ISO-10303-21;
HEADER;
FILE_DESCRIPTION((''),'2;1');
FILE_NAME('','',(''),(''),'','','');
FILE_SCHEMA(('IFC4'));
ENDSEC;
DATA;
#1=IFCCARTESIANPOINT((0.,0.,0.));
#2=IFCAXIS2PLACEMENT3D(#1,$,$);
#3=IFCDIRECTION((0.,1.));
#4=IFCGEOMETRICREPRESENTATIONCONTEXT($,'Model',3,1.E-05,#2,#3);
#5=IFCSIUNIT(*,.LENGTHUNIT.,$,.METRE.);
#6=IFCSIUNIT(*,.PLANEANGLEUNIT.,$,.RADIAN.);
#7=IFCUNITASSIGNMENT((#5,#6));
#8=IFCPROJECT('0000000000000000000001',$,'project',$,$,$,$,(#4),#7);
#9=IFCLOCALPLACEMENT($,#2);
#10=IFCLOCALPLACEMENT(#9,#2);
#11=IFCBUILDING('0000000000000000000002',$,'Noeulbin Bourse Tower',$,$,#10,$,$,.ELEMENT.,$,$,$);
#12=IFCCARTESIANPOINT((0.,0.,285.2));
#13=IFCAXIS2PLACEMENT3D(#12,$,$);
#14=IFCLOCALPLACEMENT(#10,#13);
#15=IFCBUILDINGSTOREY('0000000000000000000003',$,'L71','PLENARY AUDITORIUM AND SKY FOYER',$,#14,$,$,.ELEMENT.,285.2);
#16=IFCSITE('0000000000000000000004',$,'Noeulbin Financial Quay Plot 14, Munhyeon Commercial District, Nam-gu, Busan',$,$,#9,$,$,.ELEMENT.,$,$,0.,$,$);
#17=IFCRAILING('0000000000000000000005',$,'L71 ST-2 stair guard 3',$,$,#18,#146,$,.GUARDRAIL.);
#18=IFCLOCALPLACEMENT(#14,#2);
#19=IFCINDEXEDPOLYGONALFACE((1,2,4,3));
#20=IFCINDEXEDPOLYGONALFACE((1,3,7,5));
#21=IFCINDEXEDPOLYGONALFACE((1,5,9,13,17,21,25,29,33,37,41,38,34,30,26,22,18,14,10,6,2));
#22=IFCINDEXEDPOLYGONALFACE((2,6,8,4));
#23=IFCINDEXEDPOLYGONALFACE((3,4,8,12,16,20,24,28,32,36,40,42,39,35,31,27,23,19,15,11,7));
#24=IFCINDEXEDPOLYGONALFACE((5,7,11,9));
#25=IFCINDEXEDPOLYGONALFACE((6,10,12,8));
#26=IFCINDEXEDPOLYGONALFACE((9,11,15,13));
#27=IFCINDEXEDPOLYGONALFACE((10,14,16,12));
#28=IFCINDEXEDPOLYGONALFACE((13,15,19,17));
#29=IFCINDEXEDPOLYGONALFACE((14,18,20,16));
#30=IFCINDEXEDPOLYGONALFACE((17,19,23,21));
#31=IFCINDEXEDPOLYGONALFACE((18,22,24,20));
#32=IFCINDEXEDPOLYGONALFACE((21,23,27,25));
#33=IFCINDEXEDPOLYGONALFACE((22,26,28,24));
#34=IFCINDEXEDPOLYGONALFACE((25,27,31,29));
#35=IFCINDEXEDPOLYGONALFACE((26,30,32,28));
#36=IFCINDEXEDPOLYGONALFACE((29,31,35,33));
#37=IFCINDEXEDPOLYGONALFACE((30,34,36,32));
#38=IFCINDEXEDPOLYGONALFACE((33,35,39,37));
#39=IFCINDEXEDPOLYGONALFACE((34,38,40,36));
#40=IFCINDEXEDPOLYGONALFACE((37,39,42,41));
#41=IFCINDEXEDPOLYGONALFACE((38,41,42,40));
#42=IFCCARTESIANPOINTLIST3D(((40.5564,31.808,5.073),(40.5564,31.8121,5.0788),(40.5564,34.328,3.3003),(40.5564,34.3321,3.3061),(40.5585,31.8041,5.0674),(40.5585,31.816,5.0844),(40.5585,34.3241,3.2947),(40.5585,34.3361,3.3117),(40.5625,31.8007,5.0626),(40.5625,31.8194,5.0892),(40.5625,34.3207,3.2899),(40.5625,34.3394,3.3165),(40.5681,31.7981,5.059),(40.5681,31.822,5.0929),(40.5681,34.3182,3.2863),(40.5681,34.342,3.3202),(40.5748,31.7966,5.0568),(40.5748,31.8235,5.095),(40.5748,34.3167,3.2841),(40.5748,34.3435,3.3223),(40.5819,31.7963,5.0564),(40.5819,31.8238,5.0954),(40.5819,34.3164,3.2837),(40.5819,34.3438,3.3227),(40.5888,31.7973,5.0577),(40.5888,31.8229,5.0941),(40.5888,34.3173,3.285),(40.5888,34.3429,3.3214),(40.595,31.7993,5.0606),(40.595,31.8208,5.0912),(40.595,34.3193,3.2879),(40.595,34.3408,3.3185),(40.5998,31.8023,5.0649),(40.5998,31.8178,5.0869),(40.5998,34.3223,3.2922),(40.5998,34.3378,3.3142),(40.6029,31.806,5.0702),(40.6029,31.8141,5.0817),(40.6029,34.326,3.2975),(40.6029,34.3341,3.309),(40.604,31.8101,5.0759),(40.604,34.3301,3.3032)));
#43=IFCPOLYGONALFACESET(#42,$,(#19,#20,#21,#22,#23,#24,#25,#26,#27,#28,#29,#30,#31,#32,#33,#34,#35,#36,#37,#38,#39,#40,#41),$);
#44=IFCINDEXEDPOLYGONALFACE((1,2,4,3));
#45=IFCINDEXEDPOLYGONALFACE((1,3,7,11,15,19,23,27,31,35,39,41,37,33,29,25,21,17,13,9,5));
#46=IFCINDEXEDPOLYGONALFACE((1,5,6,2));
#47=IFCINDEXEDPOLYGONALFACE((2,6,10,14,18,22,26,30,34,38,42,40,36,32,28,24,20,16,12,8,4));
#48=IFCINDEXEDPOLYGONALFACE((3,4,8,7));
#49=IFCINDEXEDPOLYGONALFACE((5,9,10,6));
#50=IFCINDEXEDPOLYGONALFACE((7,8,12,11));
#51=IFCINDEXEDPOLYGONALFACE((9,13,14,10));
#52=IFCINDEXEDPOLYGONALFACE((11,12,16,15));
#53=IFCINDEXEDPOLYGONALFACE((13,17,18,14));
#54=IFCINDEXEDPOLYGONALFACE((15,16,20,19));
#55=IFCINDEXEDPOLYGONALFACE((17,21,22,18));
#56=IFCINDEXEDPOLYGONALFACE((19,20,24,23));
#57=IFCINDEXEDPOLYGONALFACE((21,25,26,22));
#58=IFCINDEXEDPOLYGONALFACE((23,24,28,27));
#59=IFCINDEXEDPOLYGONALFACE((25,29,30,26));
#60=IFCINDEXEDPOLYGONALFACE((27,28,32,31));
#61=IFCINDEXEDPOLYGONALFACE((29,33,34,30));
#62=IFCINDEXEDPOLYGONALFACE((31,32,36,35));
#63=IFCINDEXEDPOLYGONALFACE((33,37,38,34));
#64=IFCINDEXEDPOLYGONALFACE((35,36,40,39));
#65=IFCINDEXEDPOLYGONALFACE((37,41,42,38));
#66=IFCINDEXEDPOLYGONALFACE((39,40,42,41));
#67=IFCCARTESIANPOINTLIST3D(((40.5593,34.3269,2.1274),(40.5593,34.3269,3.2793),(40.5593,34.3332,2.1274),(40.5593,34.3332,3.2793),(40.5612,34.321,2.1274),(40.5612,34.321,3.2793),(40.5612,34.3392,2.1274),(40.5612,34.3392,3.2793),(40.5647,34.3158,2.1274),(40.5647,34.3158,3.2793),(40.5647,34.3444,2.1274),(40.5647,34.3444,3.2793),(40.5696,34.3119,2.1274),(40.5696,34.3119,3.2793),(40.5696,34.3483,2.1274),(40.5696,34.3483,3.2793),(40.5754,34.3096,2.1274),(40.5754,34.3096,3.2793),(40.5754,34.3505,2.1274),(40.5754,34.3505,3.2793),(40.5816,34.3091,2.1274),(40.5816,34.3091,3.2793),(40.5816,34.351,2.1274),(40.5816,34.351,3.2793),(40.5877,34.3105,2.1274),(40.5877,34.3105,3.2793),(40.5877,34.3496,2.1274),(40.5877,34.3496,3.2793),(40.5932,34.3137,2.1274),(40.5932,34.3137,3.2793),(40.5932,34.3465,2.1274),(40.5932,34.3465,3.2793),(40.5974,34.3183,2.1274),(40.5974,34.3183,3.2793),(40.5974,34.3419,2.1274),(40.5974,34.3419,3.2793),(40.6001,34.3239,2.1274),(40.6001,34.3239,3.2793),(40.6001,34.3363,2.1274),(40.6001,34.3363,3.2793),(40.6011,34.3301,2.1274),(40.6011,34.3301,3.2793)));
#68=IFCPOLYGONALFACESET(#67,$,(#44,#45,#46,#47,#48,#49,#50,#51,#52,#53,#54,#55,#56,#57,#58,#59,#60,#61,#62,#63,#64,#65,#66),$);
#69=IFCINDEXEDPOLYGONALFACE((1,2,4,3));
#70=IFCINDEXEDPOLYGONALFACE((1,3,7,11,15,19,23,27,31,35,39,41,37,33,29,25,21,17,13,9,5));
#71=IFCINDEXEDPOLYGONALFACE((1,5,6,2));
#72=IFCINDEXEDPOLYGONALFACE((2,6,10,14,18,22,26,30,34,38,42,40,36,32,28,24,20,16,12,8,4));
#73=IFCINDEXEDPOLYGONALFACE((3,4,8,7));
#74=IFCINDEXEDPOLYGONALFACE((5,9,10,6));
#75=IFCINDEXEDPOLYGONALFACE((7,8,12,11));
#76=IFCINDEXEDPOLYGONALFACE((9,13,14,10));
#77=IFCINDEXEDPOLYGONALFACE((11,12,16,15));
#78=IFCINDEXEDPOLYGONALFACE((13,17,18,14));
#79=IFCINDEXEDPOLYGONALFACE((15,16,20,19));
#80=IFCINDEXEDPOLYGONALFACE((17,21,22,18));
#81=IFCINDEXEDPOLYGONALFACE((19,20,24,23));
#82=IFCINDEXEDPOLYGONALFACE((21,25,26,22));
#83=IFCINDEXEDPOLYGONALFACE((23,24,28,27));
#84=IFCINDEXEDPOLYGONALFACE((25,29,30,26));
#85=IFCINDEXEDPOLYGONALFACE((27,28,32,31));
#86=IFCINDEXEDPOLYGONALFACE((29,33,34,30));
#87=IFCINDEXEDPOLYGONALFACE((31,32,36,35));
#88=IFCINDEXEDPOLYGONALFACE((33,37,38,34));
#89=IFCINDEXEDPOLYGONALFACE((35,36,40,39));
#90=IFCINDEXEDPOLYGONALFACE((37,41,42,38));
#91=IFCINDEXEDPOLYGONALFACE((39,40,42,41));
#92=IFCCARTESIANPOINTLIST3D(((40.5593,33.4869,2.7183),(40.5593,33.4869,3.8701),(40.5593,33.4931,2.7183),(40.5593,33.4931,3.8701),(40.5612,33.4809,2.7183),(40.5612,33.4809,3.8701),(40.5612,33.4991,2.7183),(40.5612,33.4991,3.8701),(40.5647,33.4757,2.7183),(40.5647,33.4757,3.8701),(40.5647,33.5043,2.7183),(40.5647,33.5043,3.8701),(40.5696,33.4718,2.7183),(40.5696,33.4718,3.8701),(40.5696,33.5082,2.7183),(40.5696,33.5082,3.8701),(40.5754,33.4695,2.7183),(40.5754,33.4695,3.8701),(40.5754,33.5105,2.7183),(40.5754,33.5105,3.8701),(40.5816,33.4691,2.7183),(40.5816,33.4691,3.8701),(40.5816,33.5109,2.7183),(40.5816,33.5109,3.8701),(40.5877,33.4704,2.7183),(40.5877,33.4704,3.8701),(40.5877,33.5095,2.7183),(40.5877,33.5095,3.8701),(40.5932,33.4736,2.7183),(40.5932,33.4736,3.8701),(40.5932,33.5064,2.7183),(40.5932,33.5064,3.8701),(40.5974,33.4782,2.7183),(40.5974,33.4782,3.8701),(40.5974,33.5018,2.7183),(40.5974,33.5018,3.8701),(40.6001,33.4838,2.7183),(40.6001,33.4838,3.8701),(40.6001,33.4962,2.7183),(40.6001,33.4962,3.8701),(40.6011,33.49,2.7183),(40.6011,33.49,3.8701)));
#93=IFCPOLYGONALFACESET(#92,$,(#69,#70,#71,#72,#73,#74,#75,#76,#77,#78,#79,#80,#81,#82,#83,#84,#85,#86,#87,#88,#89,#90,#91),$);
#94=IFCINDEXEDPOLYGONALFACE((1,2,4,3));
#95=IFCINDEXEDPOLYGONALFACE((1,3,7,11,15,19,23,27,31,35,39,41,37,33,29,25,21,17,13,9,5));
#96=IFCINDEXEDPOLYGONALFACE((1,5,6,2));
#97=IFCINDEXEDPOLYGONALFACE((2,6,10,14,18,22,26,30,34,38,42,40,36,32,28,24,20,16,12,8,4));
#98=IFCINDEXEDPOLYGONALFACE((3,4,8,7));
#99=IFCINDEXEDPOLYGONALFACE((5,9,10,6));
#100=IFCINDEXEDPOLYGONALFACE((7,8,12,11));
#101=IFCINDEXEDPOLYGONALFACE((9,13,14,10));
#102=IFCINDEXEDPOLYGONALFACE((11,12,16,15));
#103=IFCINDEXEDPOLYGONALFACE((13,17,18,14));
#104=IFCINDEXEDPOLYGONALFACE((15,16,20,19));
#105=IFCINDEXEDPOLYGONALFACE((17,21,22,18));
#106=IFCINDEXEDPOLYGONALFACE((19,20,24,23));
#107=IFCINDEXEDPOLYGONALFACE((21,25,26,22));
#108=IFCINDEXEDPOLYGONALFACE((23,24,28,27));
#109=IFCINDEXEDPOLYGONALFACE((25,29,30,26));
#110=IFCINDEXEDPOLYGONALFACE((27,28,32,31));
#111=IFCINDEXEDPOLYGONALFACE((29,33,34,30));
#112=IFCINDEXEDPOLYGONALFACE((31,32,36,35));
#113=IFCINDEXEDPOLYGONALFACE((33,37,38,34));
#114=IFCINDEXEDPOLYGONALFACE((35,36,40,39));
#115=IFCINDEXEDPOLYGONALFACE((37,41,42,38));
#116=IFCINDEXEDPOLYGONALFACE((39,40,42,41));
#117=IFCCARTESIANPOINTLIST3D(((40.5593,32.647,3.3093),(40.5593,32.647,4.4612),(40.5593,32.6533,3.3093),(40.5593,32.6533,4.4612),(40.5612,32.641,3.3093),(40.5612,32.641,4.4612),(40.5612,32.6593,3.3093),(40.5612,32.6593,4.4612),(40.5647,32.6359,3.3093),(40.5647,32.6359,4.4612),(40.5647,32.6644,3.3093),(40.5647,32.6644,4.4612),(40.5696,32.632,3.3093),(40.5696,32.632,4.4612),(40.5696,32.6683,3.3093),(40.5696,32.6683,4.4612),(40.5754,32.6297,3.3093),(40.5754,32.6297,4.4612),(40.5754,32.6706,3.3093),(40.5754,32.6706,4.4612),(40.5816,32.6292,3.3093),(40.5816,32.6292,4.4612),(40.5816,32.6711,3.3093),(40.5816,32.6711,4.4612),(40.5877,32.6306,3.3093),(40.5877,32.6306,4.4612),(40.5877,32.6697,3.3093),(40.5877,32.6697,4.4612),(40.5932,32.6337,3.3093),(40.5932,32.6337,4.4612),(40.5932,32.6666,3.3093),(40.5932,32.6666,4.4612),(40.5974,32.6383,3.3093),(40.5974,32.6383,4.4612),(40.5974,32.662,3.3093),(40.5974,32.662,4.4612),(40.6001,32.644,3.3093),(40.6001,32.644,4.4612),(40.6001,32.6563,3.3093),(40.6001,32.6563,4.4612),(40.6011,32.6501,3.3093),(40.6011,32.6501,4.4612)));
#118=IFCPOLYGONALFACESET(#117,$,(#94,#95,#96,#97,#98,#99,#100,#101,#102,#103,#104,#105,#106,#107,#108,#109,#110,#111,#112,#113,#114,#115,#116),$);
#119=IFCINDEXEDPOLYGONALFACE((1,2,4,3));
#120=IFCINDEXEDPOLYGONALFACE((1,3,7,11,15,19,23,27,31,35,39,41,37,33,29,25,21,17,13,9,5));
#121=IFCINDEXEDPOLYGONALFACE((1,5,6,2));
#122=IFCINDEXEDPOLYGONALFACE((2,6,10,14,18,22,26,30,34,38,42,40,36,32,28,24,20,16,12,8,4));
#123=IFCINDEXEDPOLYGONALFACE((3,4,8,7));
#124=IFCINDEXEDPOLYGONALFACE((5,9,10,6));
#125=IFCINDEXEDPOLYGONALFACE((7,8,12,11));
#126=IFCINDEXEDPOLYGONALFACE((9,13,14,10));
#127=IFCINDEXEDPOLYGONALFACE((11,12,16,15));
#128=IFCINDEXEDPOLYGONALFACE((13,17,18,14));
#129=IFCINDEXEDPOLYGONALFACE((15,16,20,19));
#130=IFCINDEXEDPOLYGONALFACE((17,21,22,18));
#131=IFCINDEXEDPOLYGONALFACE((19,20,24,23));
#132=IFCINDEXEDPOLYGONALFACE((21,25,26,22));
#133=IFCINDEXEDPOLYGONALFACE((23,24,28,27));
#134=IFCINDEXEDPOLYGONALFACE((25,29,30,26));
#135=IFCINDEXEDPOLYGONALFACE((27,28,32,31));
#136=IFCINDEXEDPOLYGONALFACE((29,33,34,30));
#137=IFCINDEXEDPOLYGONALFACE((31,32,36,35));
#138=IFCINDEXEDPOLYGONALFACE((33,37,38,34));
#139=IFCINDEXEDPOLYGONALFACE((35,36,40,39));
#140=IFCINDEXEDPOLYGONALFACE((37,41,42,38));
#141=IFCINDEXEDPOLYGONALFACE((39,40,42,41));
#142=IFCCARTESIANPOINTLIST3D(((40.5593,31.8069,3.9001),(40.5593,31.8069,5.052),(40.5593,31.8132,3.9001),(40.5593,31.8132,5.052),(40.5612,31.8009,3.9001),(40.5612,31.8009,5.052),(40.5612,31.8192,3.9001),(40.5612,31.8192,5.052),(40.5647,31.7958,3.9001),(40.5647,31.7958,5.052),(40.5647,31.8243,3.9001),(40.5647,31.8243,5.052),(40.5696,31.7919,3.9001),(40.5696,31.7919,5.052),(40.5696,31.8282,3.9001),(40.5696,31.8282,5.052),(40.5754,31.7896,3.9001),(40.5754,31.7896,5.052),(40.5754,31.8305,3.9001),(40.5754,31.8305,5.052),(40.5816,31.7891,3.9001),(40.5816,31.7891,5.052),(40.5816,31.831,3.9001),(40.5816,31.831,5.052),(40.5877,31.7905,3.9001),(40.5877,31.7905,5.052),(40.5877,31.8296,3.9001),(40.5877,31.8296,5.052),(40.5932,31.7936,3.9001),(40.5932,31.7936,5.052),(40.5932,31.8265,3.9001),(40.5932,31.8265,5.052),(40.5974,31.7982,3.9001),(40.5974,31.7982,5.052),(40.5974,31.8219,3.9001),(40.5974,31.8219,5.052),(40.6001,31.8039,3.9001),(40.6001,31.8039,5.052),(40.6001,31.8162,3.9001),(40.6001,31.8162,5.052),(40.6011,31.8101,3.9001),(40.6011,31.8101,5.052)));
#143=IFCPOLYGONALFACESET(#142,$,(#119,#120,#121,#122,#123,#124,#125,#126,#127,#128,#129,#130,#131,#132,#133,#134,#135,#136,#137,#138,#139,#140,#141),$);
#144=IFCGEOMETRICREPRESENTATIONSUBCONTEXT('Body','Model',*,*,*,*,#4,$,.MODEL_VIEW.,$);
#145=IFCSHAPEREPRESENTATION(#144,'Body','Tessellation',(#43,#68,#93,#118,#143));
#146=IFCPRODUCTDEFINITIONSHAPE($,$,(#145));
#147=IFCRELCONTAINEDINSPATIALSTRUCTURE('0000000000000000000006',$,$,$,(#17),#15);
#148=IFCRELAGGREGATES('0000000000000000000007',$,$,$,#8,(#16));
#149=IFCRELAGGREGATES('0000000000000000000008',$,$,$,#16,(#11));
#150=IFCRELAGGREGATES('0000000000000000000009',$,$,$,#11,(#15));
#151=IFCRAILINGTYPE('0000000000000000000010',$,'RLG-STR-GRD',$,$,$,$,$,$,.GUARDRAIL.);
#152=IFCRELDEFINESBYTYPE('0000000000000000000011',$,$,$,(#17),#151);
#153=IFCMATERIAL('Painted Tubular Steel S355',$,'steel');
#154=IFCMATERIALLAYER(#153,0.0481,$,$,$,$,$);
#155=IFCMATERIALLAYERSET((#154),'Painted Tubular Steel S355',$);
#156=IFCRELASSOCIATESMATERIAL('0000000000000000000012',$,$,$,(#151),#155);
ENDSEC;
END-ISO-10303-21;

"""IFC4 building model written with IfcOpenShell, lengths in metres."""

from ifc_helpers import new_model, si_unit, direction, frame, origin, origin_2d, place, context, subcontext, project, spatial, circle, extrude, material, layer, layer_set, type_object, element, save


model = new_model("IFC4")

# Units and contexts
model_context = context("Model", 3, precision=1e-05, world=origin(), true_north=direction((0.0, 1.0)))
body_context = subcontext(model_context, "Body", "Model", "MODEL_VIEW")
ifc_project = project(units=[si_unit("LENGTHUNIT", "METRE"), si_unit("PLANEANGLEUNIT", "RADIAN")], contexts=[model_context])

# Site, building, storey
site_placement = place(None, origin())
site = spatial("IfcSite", under=ifc_project, at=site_placement, Name="Noeulbin Financial Quay Plot 14, Munhyeon Commercial District, Nam-gu, Busan", CompositionType="ELEMENT", RefElevation=0.0)
building_placement = place(site_placement, origin())
building = spatial("IfcBuilding", under=site, at=building_placement, Name="Noeulbin Bourse Tower", CompositionType="ELEMENT")
storey_placement = place(building_placement, frame((0.0, 0.0, 285.2)))
storey = spatial("IfcBuildingStorey", under=building, at=storey_placement, Name="L71", Description="PLENARY AUDITORIUM AND SKY FOYER", CompositionType="ELEMENT", Elevation=285.2)

# Railing
ifc_material_1 = material(Name="Painted Tubular Steel S355", Category="steel")
ifc_layer_1 = layer(ifc_material_1, 0.0481)
ifc_layer_set_1 = layer_set([ifc_layer_1], Name="Painted Tubular Steel S355")
railing_type_1 = type_object("IfcRailingType", Name="RLG-STR-GRD", PredefinedType="GUARDRAIL", material=ifc_layer_set_1)
railing_1_placement = place(storey_placement, frame((40.5801, 34.3301, 2.1274)))
element("IfcRailing", 1, at=railing_1_placement, inside=storey, type_object=railing_type_1, Name="L71 ST-2 stair guard 3", PredefinedType="GUARDRAIL", context=body_context, shape_type="SweptSolid", body=[
    extrude(circle(Radius=0.0239, at=origin_2d()), frame((0.0, 0.0, 1.1758), z_axis=(0.0, -0.817904, 0.575354), x_axis=(1.0, 0.0, 0.0)), (0.0, 0.0, 1.0), 3.0811),
    extrude(circle(Radius=0.021, at=origin_2d()), origin(), (0.0, 0.0, 1.0), 1.1519),
    extrude(circle(Radius=0.021, at=origin_2d()), frame((0.0, -0.8401, 0.5908)), (0.0, 0.0, 1.0), 1.1519),
    extrude(circle(Radius=0.021, at=origin_2d()), frame((0.0, -1.6799, 1.1819)), (0.0, 0.0, 1.0), 1.1519),
    extrude(circle(Radius=0.021, at=origin_2d()), frame((0.0, -2.52, 1.7727)), (0.0, 0.0, 1.0), 1.1519),
])

save(model, "model.ifc")
